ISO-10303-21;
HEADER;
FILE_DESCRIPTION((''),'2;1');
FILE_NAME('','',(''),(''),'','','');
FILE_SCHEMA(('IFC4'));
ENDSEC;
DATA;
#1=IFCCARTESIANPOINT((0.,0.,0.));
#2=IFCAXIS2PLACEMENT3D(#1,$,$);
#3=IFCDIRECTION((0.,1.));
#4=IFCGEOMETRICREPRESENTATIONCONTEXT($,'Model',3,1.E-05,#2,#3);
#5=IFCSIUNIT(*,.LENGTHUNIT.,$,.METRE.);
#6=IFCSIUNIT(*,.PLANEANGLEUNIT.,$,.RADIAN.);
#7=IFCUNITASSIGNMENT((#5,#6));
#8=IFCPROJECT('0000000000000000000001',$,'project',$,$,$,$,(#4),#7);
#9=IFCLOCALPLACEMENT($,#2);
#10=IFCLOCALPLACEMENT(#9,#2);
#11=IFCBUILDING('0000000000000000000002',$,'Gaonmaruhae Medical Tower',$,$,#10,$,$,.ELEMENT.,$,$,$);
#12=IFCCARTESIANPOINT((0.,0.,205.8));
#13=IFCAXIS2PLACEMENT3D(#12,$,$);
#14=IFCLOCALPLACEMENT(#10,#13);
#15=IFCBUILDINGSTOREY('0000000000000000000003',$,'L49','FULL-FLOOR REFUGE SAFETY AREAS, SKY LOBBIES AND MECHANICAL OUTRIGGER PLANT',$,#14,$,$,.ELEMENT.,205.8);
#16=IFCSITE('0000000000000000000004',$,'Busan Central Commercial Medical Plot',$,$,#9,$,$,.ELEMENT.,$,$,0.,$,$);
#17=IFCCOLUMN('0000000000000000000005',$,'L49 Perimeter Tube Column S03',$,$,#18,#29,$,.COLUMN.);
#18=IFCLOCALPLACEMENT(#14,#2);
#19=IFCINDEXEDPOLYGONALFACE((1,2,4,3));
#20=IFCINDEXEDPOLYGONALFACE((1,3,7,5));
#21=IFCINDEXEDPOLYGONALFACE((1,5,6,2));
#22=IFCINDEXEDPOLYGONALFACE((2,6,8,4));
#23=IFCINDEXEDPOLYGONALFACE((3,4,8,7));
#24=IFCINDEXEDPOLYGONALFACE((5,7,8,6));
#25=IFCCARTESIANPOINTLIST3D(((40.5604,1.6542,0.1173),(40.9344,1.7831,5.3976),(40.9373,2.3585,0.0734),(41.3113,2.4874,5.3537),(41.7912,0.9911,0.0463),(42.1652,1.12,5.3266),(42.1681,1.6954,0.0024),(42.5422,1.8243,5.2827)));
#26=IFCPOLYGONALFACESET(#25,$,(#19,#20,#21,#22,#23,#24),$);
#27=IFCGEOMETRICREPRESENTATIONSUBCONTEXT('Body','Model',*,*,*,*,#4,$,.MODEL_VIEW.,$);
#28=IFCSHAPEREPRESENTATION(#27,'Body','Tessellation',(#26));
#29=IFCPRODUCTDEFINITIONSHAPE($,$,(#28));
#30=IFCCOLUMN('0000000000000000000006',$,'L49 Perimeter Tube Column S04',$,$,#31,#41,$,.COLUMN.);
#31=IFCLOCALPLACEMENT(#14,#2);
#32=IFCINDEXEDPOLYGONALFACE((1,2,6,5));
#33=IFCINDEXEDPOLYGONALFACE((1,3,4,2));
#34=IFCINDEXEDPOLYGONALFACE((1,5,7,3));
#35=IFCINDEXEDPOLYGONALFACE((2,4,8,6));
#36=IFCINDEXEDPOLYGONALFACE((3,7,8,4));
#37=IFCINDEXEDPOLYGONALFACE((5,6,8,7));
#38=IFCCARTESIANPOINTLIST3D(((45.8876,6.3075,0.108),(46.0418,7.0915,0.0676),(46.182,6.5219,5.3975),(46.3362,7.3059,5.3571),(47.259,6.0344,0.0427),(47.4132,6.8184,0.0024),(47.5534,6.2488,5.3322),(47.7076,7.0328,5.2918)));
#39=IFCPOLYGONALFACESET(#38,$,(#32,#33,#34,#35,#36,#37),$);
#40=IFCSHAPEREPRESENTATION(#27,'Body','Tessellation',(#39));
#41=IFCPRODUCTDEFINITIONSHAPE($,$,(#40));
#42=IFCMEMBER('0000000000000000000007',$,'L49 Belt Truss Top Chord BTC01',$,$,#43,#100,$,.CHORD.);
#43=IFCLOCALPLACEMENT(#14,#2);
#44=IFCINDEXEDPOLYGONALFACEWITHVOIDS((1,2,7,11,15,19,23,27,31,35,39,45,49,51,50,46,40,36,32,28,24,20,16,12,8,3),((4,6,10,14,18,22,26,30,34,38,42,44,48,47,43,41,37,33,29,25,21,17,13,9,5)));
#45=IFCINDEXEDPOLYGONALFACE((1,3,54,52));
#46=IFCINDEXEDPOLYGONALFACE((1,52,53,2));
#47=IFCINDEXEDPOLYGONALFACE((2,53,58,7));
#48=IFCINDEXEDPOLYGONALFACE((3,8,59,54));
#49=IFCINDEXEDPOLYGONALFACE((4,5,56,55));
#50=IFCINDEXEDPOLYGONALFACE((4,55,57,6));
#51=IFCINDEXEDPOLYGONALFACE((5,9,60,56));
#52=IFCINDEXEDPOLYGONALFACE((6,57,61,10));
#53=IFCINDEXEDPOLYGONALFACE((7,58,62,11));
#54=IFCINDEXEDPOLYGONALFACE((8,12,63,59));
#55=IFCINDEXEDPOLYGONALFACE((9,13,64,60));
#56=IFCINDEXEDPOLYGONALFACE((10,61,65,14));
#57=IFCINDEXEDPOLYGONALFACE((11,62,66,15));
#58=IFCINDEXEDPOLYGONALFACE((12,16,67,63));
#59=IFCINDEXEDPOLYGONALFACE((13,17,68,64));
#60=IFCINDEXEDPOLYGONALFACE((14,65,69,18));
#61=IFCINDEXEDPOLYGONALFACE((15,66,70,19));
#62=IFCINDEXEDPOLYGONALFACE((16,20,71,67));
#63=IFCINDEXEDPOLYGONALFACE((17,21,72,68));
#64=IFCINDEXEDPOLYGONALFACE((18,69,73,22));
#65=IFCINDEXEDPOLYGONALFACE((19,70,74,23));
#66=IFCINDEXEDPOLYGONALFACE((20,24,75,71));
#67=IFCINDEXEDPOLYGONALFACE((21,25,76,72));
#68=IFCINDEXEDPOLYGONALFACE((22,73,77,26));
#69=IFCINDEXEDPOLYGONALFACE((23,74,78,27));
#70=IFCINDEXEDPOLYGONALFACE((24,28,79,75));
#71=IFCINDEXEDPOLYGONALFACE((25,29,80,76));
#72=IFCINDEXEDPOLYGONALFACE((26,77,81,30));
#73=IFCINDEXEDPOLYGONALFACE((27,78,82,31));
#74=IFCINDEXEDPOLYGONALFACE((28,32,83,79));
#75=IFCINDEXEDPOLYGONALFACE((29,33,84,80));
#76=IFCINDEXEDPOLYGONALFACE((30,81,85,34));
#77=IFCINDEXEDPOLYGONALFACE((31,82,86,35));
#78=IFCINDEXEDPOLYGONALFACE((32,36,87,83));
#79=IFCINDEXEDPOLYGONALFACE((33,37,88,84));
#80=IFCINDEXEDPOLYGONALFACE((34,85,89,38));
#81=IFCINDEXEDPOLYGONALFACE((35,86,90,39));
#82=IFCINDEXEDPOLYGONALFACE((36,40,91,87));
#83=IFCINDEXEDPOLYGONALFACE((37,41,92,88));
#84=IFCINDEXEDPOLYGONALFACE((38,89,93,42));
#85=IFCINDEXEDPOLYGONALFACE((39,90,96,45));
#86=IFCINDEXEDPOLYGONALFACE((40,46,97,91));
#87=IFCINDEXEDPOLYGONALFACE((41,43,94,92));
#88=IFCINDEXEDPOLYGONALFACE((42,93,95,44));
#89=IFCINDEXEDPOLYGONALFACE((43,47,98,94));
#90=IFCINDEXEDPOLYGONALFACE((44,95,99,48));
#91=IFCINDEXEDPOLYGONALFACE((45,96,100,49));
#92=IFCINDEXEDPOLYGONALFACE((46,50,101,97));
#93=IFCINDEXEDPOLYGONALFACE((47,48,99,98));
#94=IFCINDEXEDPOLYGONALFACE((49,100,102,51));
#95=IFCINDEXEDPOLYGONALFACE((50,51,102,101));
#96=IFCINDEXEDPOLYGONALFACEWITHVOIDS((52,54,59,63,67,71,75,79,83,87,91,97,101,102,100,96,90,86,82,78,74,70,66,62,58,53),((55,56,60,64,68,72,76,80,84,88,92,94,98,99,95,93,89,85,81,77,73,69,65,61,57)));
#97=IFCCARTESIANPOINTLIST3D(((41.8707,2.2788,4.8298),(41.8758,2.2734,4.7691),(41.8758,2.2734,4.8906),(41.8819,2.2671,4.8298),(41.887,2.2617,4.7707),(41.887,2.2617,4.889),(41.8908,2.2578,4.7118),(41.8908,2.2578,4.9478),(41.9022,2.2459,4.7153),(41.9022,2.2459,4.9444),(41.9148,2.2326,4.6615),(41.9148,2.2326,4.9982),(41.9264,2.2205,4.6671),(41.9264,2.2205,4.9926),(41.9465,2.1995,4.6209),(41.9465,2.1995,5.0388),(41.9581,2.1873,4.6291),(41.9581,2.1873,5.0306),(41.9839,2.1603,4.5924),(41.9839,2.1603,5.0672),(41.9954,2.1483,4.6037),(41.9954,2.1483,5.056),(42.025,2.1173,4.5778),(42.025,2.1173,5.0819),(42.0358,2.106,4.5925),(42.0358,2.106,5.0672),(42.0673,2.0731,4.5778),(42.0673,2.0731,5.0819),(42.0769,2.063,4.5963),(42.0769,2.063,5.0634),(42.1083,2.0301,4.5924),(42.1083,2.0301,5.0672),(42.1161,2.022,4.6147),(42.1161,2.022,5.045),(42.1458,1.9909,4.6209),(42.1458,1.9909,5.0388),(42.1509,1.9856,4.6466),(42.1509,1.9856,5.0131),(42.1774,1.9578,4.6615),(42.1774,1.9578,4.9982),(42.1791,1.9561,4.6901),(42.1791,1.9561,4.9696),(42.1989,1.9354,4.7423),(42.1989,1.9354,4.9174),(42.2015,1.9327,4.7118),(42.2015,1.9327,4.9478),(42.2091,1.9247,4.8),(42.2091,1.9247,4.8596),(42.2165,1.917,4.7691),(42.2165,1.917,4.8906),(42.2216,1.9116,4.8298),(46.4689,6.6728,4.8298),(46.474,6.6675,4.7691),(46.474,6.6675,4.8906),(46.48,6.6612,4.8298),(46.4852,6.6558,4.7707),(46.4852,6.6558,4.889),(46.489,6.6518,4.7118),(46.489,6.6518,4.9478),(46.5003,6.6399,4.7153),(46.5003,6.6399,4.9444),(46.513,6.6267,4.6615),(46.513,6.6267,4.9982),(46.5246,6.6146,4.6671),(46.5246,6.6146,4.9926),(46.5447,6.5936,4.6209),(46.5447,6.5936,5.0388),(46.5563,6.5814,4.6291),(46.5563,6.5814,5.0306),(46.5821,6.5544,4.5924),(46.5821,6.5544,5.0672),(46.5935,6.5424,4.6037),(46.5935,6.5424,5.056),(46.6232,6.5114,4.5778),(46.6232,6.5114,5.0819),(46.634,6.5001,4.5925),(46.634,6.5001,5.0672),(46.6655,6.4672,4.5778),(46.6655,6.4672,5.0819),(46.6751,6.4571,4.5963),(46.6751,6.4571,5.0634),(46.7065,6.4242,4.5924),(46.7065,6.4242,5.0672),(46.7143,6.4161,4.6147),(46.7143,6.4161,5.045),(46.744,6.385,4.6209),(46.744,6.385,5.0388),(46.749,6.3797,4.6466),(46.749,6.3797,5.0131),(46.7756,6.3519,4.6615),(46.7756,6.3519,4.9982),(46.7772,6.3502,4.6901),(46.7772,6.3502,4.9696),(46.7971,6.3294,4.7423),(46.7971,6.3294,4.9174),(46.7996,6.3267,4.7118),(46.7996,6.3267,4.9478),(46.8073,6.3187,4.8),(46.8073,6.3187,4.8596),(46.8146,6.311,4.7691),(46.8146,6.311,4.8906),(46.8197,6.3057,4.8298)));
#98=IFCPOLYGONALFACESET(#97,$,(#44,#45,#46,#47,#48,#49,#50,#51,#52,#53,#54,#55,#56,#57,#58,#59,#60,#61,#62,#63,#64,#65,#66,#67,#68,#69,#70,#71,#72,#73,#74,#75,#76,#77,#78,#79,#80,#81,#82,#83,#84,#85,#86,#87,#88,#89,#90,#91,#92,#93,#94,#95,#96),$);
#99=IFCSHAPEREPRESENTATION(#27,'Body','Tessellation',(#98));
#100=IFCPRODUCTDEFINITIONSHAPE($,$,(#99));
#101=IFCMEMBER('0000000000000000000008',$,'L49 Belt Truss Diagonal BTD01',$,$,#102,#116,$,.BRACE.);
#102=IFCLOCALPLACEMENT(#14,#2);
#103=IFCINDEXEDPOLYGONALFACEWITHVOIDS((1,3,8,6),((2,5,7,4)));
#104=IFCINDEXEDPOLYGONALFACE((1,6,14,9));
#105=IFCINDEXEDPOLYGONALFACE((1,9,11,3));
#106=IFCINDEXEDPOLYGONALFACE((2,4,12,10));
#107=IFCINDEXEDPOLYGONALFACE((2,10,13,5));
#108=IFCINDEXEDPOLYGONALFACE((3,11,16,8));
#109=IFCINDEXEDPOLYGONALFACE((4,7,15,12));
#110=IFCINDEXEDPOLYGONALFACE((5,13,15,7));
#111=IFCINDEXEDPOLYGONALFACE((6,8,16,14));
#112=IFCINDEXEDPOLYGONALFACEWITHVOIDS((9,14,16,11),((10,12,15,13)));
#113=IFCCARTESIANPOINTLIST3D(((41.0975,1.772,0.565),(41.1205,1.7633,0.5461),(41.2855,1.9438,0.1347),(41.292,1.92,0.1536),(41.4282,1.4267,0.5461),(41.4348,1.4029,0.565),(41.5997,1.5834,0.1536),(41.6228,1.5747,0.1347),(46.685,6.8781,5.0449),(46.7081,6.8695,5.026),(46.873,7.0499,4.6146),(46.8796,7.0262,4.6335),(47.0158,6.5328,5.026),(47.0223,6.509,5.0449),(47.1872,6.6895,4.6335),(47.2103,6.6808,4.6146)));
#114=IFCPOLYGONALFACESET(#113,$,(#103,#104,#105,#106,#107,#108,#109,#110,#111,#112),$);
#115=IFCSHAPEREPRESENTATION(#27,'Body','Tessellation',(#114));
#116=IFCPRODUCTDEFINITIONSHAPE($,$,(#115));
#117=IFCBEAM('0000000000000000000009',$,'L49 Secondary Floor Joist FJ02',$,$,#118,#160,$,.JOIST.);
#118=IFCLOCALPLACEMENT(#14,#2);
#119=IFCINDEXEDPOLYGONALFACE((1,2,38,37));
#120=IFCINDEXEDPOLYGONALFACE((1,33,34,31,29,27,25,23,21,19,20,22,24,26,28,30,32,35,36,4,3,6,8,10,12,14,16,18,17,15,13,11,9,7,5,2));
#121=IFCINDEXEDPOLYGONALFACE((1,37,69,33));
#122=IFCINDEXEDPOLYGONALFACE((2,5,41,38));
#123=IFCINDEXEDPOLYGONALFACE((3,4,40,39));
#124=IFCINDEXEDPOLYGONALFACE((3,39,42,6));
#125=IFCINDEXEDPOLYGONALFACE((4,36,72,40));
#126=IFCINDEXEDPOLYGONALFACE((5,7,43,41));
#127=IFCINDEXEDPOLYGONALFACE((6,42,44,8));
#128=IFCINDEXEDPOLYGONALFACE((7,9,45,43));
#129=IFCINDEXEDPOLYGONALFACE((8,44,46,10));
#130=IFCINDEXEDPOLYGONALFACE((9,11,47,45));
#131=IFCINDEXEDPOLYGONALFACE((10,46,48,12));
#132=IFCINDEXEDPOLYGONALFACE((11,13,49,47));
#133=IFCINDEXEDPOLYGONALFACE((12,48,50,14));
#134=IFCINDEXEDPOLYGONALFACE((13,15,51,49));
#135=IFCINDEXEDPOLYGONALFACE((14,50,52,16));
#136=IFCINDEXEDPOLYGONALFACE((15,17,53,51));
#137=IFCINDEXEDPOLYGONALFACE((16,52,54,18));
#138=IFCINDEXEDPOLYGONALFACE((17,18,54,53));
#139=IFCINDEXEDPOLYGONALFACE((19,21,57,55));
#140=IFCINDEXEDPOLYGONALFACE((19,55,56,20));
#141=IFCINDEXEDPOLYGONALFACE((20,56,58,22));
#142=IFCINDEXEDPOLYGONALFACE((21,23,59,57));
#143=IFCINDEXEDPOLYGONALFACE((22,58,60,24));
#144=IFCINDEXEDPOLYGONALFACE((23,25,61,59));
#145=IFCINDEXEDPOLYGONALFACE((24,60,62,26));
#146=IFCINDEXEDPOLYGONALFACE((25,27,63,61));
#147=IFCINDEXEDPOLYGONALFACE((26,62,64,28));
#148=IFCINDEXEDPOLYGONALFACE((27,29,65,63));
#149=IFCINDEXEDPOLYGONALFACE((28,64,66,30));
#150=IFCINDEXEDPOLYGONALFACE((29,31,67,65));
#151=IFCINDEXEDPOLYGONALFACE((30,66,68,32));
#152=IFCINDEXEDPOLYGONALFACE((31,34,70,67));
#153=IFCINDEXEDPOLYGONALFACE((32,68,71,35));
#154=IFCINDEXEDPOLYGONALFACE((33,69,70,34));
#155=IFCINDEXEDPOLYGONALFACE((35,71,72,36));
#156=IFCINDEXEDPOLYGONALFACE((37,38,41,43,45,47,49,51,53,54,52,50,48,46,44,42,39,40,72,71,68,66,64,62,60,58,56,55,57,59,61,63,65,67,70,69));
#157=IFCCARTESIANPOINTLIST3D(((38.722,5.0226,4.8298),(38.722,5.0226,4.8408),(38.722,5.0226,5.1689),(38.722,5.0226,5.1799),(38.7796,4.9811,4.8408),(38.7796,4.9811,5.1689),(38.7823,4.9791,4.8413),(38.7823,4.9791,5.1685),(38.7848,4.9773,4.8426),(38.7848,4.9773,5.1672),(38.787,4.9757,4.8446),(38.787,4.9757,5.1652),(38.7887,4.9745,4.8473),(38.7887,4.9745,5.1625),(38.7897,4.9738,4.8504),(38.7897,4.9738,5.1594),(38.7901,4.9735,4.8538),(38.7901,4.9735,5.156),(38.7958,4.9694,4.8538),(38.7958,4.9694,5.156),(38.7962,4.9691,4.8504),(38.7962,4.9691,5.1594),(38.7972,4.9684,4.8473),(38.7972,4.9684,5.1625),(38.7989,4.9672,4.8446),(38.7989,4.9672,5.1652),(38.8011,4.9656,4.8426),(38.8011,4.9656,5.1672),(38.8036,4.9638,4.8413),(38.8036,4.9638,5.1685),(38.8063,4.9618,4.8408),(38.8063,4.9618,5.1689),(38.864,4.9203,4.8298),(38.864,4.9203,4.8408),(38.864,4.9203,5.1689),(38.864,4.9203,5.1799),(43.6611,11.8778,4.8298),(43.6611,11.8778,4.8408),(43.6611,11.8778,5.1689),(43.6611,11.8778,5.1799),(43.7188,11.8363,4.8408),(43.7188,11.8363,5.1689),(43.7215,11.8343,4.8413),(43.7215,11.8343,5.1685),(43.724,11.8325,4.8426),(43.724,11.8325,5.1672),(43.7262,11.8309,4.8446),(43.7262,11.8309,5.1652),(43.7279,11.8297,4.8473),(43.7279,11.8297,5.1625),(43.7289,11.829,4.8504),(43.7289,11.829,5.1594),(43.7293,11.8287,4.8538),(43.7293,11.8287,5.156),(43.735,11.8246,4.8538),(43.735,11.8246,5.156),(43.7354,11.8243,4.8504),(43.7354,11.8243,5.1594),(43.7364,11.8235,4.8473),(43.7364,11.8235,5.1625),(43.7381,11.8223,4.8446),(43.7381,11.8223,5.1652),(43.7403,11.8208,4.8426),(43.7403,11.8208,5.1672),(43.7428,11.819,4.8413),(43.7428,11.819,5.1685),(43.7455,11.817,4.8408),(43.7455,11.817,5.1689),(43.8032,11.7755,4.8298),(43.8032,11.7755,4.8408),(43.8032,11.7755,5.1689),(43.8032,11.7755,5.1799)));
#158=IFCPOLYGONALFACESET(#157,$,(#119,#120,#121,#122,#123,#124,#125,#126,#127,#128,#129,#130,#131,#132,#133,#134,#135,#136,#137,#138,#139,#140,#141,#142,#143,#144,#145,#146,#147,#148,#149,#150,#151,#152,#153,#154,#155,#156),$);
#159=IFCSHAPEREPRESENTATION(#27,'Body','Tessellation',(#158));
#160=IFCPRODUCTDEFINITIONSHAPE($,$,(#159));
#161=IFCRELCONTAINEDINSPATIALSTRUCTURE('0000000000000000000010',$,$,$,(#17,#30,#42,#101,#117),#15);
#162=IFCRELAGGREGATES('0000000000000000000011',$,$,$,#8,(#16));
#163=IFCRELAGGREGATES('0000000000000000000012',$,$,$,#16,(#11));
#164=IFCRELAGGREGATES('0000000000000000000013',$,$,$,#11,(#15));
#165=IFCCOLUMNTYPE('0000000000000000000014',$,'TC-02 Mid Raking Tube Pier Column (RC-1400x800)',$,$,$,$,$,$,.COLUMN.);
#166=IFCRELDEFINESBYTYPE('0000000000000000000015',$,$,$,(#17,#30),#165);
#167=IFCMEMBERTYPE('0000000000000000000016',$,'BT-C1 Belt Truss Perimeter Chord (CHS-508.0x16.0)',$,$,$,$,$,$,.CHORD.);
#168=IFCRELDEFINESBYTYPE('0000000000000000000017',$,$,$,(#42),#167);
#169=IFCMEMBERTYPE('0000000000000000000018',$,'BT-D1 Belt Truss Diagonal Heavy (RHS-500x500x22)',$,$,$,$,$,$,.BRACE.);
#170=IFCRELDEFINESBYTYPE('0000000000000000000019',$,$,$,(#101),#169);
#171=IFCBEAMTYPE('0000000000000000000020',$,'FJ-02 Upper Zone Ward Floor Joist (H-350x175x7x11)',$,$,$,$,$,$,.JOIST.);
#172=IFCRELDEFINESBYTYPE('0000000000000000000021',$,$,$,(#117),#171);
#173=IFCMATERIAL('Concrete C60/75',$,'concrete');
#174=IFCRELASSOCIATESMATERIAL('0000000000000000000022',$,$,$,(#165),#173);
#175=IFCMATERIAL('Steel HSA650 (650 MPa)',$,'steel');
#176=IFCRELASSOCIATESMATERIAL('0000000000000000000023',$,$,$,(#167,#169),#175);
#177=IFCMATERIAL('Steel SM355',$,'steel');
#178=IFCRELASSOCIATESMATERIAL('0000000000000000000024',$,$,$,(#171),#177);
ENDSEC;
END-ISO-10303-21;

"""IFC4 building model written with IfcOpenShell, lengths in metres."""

from ifc_helpers import new_model, si_unit, direction, frame, origin, origin_2d, place, context, subcontext, project, spatial, rectangle, hollow_rectangle, hollow_circle, i_section, extrude, material, material_profile, profile_set, type_object, element, save


model = new_model("IFC4")

# Units and contexts
model_context = context("Model", 3, precision=1e-05, world=origin(), true_north=direction((0.0, 1.0)))
body_context = subcontext(model_context, "Body", "Model", "MODEL_VIEW")
ifc_project = project(units=[si_unit("LENGTHUNIT", "METRE"), si_unit("PLANEANGLEUNIT", "RADIAN")], contexts=[model_context])

# Site, building, storey
site_placement = place(None, origin())
site = spatial("IfcSite", under=ifc_project, at=site_placement, Name="Busan Central Commercial Medical Plot", CompositionType="ELEMENT", RefElevation=0.0)
building_placement = place(site_placement, origin())
building = spatial("IfcBuilding", under=site, at=building_placement, Name="Gaonmaruhae Medical Tower", CompositionType="ELEMENT")
storey_placement = place(building_placement, frame((0.0, 0.0, 205.8)))
storey = spatial("IfcBuildingStorey", under=building, at=storey_placement, Name="L49", Description="FULL-FLOOR REFUGE SAFETY AREAS, SKY LOBBIES AND MECHANICAL OUTRIGGER PLANT", CompositionType="ELEMENT", Elevation=205.8)

# Columns
ifc_material_1 = material(Name="Concrete C60/75", Category="concrete")
ifc_material_profile_1 = material_profile(ifc_material_1, rectangle(XDim=1.3999, YDim=0.8, at=origin_2d()), Name="RC-1400x800")
ifc_profile_set_1 = profile_set([ifc_material_profile_1], Name="Concrete C60/75")
column_type = type_object("IfcColumnType", Name="TC-02 Mid Raking Tube Pier Column (RC-1400x800)", PredefinedType="COLUMN", material=ifc_profile_set_1)
column_1_placement = place(storey_placement, frame((41.3643, 1.6748, 0.0598), z_axis=(0.070636, 0.024345, 0.997205), x_axis=(-0.879232, 0.473686, 0.050716)))
element("IfcColumn", 1, at=column_1_placement, inside=storey, type_object=column_type, Name="L49 Perimeter Tube Column S03", PredefinedType="COLUMN", context=body_context, shape_type="SweptSolid", body=[
    extrude(rectangle(XDim=1.3999, YDim=0.8, at=origin_2d()), origin(), (0.0, 0.0, 1.0), 5.2952),
])
column_2_placement = place(storey_placement, frame((46.6504, 6.563, 0.0552), z_axis=(0.055532, 0.040429, 0.997638), x_axis=(-0.979678, 0.195082, 0.046627)))
element("IfcColumn", 2, at=column_2_placement, inside=storey, type_object=column_type, Name="L49 Perimeter Tube Column S04", PredefinedType="COLUMN", context=body_context, shape_type="SweptSolid", body=[
    extrude(rectangle(XDim=1.3999, YDim=0.8, at=origin_2d()), origin(), (0.0, 0.0, 1.0), 5.302),
])

# Members
ifc_material_2 = material(Name="Steel HSA650 (650 MPa)", Category="steel")
ifc_material_profile_2 = material_profile(ifc_material_2, hollow_circle(Radius=0.2539, WallThickness=0.0161, at=origin_2d()), Name="CHS-508.0x16.0")
ifc_profile_set_2 = profile_set([ifc_material_profile_2], Name="Steel HSA650 (650 MPa)")
member_type_1 = type_object("IfcMemberType", Name="BT-C1 Belt Truss Perimeter Chord (CHS-508.0x16.0)", PredefinedType="CHORD", material=ifc_profile_set_2)
member_1_placement = place(storey_placement, frame((42.0461, 2.0952, 4.8298), z_axis=(0.72297, 0.690879, 0.0), x_axis=(-0.690879, 0.72297, 0.0)))
element("IfcMember", 3, at=member_1_placement, inside=storey, type_object=member_type_1, Name="L49 Belt Truss Top Chord BTC01", PredefinedType="CHORD", context=body_context, shape_type="SweptSolid", body=[
    extrude(hollow_circle(Radius=0.2539, WallThickness=0.0161, at=origin_2d()), origin(), (0.0, 0.0, 1.0), 6.3601),
])
ifc_material_profile_3 = material_profile(ifc_material_2, hollow_rectangle(XDim=0.5, YDim=0.5, WallThickness=0.022, at=origin_2d()), Name="RHS-500x500x22")
ifc_profile_set_3 = profile_set([ifc_material_profile_3], Name="Steel HSA650 (650 MPa)")
member_type_2 = type_object("IfcMemberType", Name="BT-D1 Belt Truss Diagonal Heavy (RHS-500x500x22)", PredefinedType="BRACE", material=ifc_profile_set_3)
member_2_placement = place(storey_placement, frame((41.3601, 1.6733, 0.3499), z_axis=(0.635266, 0.58053, 0.509334), x_axis=(-0.674589, 0.738194, 0.0)))
element("IfcMember", 4, at=member_2_placement, inside=storey, type_object=member_type_2, Name="L49 Belt Truss Diagonal BTD01", PredefinedType="BRACE", context=body_context, shape_type="SweptSolid", body=[
    extrude(hollow_rectangle(XDim=0.5, YDim=0.5, WallThickness=0.022, at=origin_2d()), origin(), (0.0, 0.0, 1.0), 8.7957),
])

# Beam
ifc_material_3 = material(Name="Steel SM355", Category="steel")
ifc_material_profile_4 = material_profile(ifc_material_3, i_section(OverallWidth=0.175, OverallDepth=0.3501, WebThickness=0.0071, FlangeThickness=0.011, FilletRadius=0.0129, at=origin_2d()), Name="H-350x175x7x11")
ifc_profile_set_4 = profile_set([ifc_material_profile_4], Name="Steel SM355")
beam_type_1 = type_object("IfcBeamType", Name="FJ-02 Upper Zone Ward Floor Joist (H-350x175x7x11)", PredefinedType="JOIST", material=ifc_profile_set_4)
beam_1_placement = place(storey_placement, frame((38.793, 4.9714, 5.0049), z_axis=(0.584573, 0.811341, 0.0), x_axis=(-0.811341, 0.584573, 0.0)))
element("IfcBeam", 5, at=beam_1_placement, inside=storey, type_object=beam_type_1, Name="L49 Secondary Floor Joist FJ02", PredefinedType="JOIST", context=body_context, shape_type="SweptSolid", body=[
    extrude(i_section(OverallWidth=0.175, OverallDepth=0.3501, WebThickness=0.0071, FlangeThickness=0.011, FilletRadius=0.0129, at=origin_2d()), origin(), (0.0, 0.0, 1.0), 8.4492),
])

save(model, "model.ifc")
